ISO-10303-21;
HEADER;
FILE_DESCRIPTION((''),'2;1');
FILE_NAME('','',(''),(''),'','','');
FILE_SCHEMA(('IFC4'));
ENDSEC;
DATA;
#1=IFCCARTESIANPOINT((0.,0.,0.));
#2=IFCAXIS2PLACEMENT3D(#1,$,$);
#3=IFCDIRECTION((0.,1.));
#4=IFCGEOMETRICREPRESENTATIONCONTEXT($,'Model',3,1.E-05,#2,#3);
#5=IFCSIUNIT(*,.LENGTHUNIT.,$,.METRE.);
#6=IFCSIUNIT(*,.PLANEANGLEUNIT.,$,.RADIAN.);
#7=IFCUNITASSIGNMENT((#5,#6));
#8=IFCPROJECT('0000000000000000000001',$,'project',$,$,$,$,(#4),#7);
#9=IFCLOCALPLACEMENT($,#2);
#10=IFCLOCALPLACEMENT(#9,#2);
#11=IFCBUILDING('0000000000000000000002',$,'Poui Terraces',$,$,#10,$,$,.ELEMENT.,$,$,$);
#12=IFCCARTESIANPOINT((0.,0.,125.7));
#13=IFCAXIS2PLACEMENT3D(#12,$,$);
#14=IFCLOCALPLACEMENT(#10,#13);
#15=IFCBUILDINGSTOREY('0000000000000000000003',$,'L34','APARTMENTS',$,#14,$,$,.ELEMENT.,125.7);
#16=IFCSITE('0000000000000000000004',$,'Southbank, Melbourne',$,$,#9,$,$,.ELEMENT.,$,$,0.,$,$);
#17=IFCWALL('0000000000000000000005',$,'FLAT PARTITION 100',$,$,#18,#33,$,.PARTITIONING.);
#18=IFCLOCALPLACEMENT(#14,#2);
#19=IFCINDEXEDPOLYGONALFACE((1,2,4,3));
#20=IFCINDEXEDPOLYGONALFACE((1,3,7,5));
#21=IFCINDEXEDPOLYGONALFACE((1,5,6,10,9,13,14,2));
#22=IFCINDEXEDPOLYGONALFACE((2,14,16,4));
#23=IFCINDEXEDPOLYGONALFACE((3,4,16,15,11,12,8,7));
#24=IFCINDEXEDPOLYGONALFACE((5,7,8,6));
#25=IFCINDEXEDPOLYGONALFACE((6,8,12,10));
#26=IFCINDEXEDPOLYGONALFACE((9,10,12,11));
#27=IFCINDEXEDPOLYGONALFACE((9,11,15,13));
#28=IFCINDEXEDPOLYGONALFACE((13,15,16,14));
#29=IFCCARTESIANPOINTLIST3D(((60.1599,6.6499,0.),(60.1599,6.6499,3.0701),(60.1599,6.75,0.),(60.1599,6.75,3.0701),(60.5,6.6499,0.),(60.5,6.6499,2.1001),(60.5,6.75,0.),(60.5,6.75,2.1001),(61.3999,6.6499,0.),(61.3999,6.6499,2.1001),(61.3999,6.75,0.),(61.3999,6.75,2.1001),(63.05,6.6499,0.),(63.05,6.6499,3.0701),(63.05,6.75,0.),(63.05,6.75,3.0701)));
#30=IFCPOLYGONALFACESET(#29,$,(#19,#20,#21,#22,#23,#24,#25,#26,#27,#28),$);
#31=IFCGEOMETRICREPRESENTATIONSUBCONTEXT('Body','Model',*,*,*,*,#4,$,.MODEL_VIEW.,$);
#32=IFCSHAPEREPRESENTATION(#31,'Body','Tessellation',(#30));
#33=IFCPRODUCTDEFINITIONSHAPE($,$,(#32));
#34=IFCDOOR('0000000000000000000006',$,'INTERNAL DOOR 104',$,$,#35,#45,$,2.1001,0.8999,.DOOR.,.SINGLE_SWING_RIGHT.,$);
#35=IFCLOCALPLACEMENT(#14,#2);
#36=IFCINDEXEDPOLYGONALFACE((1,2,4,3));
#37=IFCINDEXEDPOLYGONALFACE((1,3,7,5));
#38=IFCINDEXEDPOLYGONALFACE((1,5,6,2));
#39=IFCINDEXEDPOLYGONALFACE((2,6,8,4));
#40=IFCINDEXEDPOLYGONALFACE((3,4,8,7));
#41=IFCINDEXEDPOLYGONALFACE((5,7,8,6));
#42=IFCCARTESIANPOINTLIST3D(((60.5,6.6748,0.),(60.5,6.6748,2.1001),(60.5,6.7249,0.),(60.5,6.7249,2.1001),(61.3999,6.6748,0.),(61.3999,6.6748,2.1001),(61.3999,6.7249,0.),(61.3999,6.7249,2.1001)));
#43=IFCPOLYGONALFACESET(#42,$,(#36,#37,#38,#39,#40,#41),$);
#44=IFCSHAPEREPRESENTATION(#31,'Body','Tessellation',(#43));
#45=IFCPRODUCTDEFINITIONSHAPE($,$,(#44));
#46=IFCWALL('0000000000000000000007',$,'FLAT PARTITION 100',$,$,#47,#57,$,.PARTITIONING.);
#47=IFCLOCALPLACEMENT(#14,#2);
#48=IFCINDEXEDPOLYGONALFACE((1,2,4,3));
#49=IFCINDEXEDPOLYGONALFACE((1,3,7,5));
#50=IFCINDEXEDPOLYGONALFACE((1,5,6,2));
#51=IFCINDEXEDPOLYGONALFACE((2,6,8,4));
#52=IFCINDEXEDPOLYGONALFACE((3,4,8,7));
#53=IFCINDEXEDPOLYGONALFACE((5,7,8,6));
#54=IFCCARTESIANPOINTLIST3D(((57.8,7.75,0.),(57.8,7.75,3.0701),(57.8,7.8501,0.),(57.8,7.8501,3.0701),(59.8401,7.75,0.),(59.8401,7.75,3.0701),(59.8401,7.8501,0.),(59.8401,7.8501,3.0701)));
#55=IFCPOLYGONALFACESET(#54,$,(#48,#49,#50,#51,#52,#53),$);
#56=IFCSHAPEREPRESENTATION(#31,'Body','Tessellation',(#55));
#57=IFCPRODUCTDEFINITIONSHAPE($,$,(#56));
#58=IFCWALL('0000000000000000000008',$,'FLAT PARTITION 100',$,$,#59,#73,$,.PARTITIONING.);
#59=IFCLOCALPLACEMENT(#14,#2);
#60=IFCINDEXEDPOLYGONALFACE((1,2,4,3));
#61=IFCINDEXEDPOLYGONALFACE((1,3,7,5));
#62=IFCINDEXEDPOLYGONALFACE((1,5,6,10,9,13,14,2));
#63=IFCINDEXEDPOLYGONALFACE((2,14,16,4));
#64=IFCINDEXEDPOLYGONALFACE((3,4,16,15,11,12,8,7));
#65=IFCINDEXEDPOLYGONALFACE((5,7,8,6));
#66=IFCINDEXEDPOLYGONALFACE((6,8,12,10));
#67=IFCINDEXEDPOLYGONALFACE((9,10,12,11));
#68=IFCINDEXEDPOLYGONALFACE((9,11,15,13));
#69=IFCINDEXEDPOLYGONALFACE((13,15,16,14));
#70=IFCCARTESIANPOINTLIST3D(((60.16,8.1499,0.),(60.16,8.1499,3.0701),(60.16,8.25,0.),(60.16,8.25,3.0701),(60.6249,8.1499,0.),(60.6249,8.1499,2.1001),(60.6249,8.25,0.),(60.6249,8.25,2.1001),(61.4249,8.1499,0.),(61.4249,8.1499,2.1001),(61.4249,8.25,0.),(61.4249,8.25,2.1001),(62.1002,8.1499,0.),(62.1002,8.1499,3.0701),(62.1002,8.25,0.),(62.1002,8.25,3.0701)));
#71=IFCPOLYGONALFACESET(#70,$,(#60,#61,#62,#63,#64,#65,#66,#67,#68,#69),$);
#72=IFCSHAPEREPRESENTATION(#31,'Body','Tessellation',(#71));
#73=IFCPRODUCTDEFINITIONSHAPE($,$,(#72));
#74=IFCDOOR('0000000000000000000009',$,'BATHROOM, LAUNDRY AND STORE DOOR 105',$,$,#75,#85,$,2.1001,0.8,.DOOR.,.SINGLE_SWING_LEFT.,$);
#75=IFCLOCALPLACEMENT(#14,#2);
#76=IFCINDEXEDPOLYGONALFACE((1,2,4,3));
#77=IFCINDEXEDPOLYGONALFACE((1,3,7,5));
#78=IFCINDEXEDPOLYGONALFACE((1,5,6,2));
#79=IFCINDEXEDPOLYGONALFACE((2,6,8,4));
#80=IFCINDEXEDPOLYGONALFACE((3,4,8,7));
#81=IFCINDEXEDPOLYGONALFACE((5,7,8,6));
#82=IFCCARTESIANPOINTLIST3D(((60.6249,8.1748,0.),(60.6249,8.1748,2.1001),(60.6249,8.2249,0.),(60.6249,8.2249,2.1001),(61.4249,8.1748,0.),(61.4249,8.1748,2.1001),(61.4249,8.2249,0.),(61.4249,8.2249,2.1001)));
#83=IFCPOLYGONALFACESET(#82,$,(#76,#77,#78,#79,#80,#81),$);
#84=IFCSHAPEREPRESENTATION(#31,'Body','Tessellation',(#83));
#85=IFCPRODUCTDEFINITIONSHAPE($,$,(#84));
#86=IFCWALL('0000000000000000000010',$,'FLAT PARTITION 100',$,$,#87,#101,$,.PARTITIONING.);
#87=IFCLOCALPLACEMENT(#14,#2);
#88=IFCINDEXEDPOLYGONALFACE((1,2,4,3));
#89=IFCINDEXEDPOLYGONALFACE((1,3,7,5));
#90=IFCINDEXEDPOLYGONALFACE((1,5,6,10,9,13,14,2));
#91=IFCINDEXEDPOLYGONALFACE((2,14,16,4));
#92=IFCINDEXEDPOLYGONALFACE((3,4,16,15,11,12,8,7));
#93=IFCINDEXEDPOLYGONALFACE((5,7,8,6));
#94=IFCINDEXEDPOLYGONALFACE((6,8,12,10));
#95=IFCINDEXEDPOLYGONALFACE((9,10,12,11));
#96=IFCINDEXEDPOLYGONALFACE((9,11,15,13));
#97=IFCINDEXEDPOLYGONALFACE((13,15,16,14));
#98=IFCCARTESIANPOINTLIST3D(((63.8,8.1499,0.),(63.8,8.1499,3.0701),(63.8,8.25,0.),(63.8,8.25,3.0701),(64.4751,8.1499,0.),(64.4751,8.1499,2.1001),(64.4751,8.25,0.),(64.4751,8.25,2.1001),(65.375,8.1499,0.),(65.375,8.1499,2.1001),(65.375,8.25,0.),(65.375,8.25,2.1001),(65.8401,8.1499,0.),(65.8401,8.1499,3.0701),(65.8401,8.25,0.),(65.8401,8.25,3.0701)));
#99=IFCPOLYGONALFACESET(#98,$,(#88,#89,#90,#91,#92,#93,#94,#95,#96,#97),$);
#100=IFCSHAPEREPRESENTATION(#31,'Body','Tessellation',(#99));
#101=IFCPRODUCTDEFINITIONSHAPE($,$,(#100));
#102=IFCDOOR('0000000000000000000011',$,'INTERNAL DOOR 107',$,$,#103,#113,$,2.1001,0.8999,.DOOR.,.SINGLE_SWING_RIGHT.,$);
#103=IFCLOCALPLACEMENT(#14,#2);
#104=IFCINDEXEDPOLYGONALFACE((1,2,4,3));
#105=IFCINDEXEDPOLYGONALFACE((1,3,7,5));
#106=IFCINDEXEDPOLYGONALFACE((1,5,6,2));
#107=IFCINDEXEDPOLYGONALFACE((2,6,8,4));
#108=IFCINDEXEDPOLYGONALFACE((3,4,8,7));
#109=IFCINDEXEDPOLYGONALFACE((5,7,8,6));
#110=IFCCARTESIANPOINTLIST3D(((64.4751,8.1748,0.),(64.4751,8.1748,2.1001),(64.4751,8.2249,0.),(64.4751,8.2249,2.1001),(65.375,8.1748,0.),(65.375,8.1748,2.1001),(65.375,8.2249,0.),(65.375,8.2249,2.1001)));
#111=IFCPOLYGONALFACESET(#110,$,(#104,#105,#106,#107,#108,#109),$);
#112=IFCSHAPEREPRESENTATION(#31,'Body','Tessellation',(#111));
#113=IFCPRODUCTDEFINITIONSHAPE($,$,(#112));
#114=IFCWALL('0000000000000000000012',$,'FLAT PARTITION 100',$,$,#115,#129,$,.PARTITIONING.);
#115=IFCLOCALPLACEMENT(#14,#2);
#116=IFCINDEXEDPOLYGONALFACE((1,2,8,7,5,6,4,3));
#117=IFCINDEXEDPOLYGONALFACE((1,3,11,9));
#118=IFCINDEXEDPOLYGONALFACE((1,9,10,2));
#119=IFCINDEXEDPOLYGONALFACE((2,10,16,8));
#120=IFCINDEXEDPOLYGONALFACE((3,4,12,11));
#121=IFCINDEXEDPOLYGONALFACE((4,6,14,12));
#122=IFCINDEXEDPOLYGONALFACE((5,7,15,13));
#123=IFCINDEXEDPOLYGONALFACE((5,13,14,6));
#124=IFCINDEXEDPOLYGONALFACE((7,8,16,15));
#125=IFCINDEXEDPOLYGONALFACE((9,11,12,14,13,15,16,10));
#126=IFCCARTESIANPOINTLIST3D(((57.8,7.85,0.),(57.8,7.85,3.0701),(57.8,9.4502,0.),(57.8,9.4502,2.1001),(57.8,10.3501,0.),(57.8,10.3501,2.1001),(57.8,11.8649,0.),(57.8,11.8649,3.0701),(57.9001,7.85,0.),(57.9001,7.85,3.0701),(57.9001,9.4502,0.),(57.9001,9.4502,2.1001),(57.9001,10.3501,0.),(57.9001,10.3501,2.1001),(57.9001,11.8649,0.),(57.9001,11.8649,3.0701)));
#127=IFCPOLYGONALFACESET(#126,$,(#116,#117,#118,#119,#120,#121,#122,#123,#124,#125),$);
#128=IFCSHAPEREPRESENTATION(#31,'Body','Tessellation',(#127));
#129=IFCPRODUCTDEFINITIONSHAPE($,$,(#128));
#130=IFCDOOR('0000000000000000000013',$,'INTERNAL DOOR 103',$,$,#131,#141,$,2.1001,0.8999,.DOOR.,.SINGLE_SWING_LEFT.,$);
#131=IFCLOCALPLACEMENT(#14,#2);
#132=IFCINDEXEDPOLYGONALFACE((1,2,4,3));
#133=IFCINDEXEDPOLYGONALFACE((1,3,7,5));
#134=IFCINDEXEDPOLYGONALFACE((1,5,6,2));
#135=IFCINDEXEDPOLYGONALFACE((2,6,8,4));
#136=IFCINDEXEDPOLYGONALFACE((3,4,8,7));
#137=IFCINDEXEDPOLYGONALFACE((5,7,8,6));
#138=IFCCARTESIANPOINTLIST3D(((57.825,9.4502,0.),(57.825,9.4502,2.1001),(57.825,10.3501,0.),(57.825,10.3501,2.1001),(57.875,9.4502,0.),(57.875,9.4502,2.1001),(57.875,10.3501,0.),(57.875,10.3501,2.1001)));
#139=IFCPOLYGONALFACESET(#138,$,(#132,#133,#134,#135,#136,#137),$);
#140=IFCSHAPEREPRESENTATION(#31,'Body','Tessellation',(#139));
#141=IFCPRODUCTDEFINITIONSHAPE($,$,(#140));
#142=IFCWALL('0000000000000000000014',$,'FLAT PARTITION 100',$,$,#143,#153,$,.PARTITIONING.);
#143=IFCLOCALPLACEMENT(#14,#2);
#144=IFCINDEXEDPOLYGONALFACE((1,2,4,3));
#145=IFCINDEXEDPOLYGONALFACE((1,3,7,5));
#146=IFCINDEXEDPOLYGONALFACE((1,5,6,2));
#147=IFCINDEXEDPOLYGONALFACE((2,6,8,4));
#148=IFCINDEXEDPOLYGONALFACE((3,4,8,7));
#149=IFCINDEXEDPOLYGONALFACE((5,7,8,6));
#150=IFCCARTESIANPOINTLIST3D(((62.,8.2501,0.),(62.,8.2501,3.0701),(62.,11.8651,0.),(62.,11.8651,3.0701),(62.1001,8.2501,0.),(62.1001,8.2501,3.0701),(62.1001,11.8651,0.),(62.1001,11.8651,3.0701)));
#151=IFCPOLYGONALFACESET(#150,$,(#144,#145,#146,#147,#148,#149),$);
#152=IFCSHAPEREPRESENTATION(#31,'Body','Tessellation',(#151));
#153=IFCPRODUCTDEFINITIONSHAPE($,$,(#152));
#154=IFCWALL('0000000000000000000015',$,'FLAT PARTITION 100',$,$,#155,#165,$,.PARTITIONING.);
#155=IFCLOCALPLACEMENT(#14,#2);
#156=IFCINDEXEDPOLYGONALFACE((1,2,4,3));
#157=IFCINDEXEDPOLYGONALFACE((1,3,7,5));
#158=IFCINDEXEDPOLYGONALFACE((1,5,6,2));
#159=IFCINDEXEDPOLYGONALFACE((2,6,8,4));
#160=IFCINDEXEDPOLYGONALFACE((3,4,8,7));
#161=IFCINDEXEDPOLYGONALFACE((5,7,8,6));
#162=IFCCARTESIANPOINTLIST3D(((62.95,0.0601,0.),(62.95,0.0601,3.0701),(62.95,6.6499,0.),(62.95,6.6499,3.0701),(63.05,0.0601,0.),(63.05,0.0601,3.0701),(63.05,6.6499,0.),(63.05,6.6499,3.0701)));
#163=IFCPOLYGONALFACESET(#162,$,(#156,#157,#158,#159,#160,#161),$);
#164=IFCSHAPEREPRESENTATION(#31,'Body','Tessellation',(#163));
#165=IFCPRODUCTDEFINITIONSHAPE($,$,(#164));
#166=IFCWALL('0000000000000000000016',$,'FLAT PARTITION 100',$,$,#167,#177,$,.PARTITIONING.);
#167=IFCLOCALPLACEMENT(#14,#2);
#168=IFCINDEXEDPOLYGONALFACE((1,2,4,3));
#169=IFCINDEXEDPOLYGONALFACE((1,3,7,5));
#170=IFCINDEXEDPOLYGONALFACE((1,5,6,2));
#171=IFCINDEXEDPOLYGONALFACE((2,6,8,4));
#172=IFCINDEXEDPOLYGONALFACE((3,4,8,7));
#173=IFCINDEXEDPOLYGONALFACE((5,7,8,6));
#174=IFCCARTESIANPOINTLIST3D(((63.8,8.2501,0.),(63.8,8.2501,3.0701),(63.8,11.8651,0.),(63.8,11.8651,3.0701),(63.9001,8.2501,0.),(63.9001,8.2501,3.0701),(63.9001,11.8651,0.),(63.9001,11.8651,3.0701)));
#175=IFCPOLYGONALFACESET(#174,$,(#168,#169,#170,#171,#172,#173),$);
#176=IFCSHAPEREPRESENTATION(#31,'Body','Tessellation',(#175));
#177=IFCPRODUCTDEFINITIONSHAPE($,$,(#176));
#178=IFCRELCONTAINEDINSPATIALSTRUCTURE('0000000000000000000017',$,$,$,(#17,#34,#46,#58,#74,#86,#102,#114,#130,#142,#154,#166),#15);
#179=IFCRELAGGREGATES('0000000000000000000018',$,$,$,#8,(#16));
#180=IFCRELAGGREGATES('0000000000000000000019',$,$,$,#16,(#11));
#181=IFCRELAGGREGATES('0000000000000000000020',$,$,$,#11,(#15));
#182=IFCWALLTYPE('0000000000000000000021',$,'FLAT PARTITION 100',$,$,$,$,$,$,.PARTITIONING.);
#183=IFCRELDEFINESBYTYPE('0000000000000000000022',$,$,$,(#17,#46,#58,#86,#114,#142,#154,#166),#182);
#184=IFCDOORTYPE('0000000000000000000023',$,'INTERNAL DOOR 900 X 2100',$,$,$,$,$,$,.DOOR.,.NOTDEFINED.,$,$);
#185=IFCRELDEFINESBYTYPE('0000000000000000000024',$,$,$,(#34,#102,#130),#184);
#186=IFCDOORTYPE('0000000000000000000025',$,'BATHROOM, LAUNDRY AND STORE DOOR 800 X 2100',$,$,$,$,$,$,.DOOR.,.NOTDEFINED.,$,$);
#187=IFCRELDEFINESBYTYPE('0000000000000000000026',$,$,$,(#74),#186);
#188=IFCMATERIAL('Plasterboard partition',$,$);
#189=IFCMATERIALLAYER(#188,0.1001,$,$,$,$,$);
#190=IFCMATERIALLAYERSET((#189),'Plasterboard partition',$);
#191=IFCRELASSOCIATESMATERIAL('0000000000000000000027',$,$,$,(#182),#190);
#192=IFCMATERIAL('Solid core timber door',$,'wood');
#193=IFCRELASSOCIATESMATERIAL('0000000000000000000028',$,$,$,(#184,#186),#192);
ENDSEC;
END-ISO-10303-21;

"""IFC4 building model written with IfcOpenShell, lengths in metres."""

from ifc_helpers import new_model, si_unit, direction, frame, frame_2d, origin, place, context, subcontext, project, spatial, rectangle, extrude, material, layer, layer_set, type_object, element, fill, save


model = new_model("IFC4")

# Units and contexts
model_context = context("Model", 3, precision=1e-05, world=origin(), true_north=direction((0.0, 1.0)))
body_context = subcontext(model_context, "Body", "Model", "MODEL_VIEW")
ifc_project = project(units=[si_unit("LENGTHUNIT", "METRE"), si_unit("PLANEANGLEUNIT", "RADIAN")], contexts=[model_context])

# Site, building, storey
site_placement = place(None, origin())
site = spatial("IfcSite", under=ifc_project, at=site_placement, Name="Southbank, Melbourne", CompositionType="ELEMENT", RefElevation=0.0)
building_placement = place(site_placement, origin())
building = spatial("IfcBuilding", under=site, at=building_placement, Name="Poui Terraces", CompositionType="ELEMENT")
storey_placement = place(building_placement, frame((0.0, 0.0, 125.7)))
storey = spatial("IfcBuildingStorey", under=building, at=storey_placement, Name="L34", Description="APARTMENTS", CompositionType="ELEMENT", Elevation=125.7)

# Shared definitions
ifc_material_1 = material(Name="Plasterboard partition")
ifc_layer_1 = layer(ifc_material_1, 0.1001)
ifc_layer_set_1 = layer_set([ifc_layer_1], Name="Plasterboard partition")
wall_type_1 = type_object("IfcWallType", Name="FLAT PARTITION 100", PredefinedType="PARTITIONING", material=ifc_layer_set_1)
ifc_material_2 = material(Name="Solid core timber door", Category="wood")
door_type_1 = type_object("IfcDoorType", Name="INTERNAL DOOR 900 X 2100", OperationType="NOTDEFINED", PredefinedType="DOOR", material=ifc_material_2)

# Wall, opening, door
wall_1_placement = place(storey_placement, frame((60.1599, 6.7, 0.0), z_axis=(0.0, 0.0, 1.0), x_axis=(1.0, 0.0, 0.0)))
wall_1 = element("IfcWall", 1, at=wall_1_placement, inside=storey, type_object=wall_type_1, Name="FLAT PARTITION 100", PredefinedType="PARTITIONING", context=body_context, shape_type="SweptSolid", body=[
    extrude(rectangle(XDim=2.8901, YDim=0.1001, at=frame_2d((1.4451, 0.0))), origin(), (0.0, 0.0, 1.0), 3.0701),
])
opening_1_placement = place(wall_1_placement, frame((0.3401, 0.0, 0.0)))
opening_1 = element("IfcOpeningElement", 2, at=opening_1_placement, cuts=wall_1, PredefinedType="OPENING", context=body_context, shape_type="SweptSolid", body=[
    extrude(rectangle(XDim=0.8999, YDim=2.1001, at=frame_2d((0.45, 1.05))), frame((0.0, 0.0601, 0.0), z_axis=(0.0, -1.0, 0.0), x_axis=(1.0, 0.0, 0.0)), (0.0, 0.0, 1.0), 0.1201),
])
door_1_placement = place(opening_1_placement, origin())
door_1 = element("IfcDoor", 3, at=door_1_placement, inside=storey, type_object=door_type_1, Name="INTERNAL DOOR 104", OperationType="SINGLE_SWING_RIGHT", OverallHeight=2.1001, OverallWidth=0.8999, PredefinedType="DOOR", context=body_context, shape_type="SweptSolid", body=[
    extrude(rectangle(XDim=0.8999, YDim=2.1001, at=frame_2d((0.45, 1.05))), frame((0.0, 0.0249, 0.0), z_axis=(0.0, -1.0, 0.0), x_axis=(1.0, 0.0, 0.0)), (0.0, 0.0, 1.0), 0.05),
])
fill(opening_1, door_1)

# Wall
wall_2_placement = place(storey_placement, frame((57.8, 7.8, 0.0), z_axis=(0.0, 0.0, 1.0), x_axis=(1.0, 0.0, 0.0)))
element("IfcWall", 4, at=wall_2_placement, inside=storey, type_object=wall_type_1, Name="FLAT PARTITION 100", PredefinedType="PARTITIONING", context=body_context, shape_type="SweptSolid", body=[
    extrude(rectangle(XDim=2.04, YDim=0.1001, at=frame_2d((1.02, 0.0))), origin(), (0.0, 0.0, 1.0), 3.0701),
])

# Walls, openings, doors
wall_3_placement = place(storey_placement, frame((60.1599, 8.2, 0.0), z_axis=(0.0, 0.0, 1.0), x_axis=(1.0, 0.0, 0.0)))
wall_3 = element("IfcWall", 5, at=wall_3_placement, inside=storey, type_object=wall_type_1, Name="FLAT PARTITION 100", PredefinedType="PARTITIONING", context=body_context, shape_type="SweptSolid", body=[
    extrude(rectangle(XDim=1.9402, YDim=0.1001, at=frame_2d((0.9702, 0.0))), origin(), (0.0, 0.0, 1.0), 3.0701),
])
opening_2_placement = place(wall_3_placement, frame((0.4651, 0.0, 0.0)))
opening_2 = element("IfcOpeningElement", 6, at=opening_2_placement, cuts=wall_3, PredefinedType="OPENING", context=body_context, shape_type="SweptSolid", body=[
    extrude(rectangle(XDim=0.8, YDim=2.1001, at=frame_2d((0.3999, 1.05))), frame((0.0, 0.0601, 0.0), z_axis=(0.0, -1.0, 0.0), x_axis=(1.0, 0.0, 0.0)), (0.0, 0.0, 1.0), 0.1201),
])
door_type_2 = type_object("IfcDoorType", Name="BATHROOM, LAUNDRY AND STORE DOOR 800 X 2100", OperationType="NOTDEFINED", PredefinedType="DOOR", material=ifc_material_2)
door_2_placement = place(opening_2_placement, origin())
door_2 = element("IfcDoor", 7, at=door_2_placement, inside=storey, type_object=door_type_2, Name="BATHROOM, LAUNDRY AND STORE DOOR 105", OperationType="SINGLE_SWING_LEFT", OverallHeight=2.1001, OverallWidth=0.8, PredefinedType="DOOR", context=body_context, shape_type="SweptSolid", body=[
    extrude(rectangle(XDim=0.8, YDim=2.1001, at=frame_2d((0.3999, 1.05))), frame((0.0, 0.0249, 0.0), z_axis=(0.0, -1.0, 0.0), x_axis=(1.0, 0.0, 0.0)), (0.0, 0.0, 1.0), 0.05),
])
fill(opening_2, door_2)
wall_4_placement = place(storey_placement, frame((63.8, 8.2, 0.0), z_axis=(0.0, 0.0, 1.0), x_axis=(1.0, 0.0, 0.0)))
wall_4 = element("IfcWall", 8, at=wall_4_placement, inside=storey, type_object=wall_type_1, Name="FLAT PARTITION 100", PredefinedType="PARTITIONING", context=body_context, shape_type="SweptSolid", body=[
    extrude(rectangle(XDim=2.04, YDim=0.1001, at=frame_2d((1.02, 0.0))), origin(), (0.0, 0.0, 1.0), 3.0701),
])
opening_3_placement = place(wall_4_placement, frame((0.675, 0.0, 0.0)))
opening_3 = element("IfcOpeningElement", 9, at=opening_3_placement, cuts=wall_4, PredefinedType="OPENING", context=body_context, shape_type="SweptSolid", body=[
    extrude(rectangle(XDim=0.8999, YDim=2.1001, at=frame_2d((0.45, 1.05))), frame((0.0, 0.0601, 0.0), z_axis=(0.0, -1.0, 0.0), x_axis=(1.0, 0.0, 0.0)), (0.0, 0.0, 1.0), 0.1201),
])
door_3_placement = place(opening_3_placement, origin())
door_3 = element("IfcDoor", 10, at=door_3_placement, inside=storey, type_object=door_type_1, Name="INTERNAL DOOR 107", OperationType="SINGLE_SWING_RIGHT", OverallHeight=2.1001, OverallWidth=0.8999, PredefinedType="DOOR", context=body_context, shape_type="SweptSolid", body=[
    extrude(rectangle(XDim=0.8999, YDim=2.1001, at=frame_2d((0.45, 1.05))), frame((0.0, 0.0249, 0.0), z_axis=(0.0, -1.0, 0.0), x_axis=(1.0, 0.0, 0.0)), (0.0, 0.0, 1.0), 0.05),
])
fill(opening_3, door_3)
wall_5_placement = place(storey_placement, frame((57.8501, 7.8501, 0.0), z_axis=(0.0, 0.0, 1.0), x_axis=(0.0, 1.0, 0.0)))
wall_5 = element("IfcWall", 11, at=wall_5_placement, inside=storey, type_object=wall_type_1, Name="FLAT PARTITION 100", PredefinedType="PARTITIONING", context=body_context, shape_type="SweptSolid", body=[
    extrude(rectangle(XDim=4.0149, YDim=0.1001, at=frame_2d((2.0073, 0.0))), origin(), (0.0, 0.0, 1.0), 3.0701),
])
opening_4_placement = place(wall_5_placement, frame((1.6001, 0.0, 0.0)))
opening_4 = element("IfcOpeningElement", 12, at=opening_4_placement, cuts=wall_5, PredefinedType="OPENING", context=body_context, shape_type="SweptSolid", body=[
    extrude(rectangle(XDim=0.8999, YDim=2.1001, at=frame_2d((0.45, 1.05))), frame((0.0, 0.0601, 0.0), z_axis=(0.0, -1.0, 0.0), x_axis=(1.0, 0.0, 0.0)), (0.0, 0.0, 1.0), 0.1201),
])
door_4_placement = place(opening_4_placement, frame((0.8999, 0.0, 0.0), z_axis=(0.0, 0.0, 1.0), x_axis=(-1.0, 0.0, 0.0)))
door_4 = element("IfcDoor", 13, at=door_4_placement, inside=storey, type_object=door_type_1, Name="INTERNAL DOOR 103", OperationType="SINGLE_SWING_LEFT", OverallHeight=2.1001, OverallWidth=0.8999, PredefinedType="DOOR", context=body_context, shape_type="SweptSolid", body=[
    extrude(rectangle(XDim=0.8999, YDim=2.1001, at=frame_2d((0.45, 1.05))), frame((0.0, 0.0249, 0.0), z_axis=(0.0, -1.0, 0.0), x_axis=(1.0, 0.0, 0.0)), (0.0, 0.0, 1.0), 0.05),
])
fill(opening_4, door_4)

# Walls
wall_6_placement = place(storey_placement, frame((62.05, 8.25, 0.0), z_axis=(0.0, 0.0, 1.0), x_axis=(0.0, 1.0, 0.0)))
element("IfcWall", 14, at=wall_6_placement, inside=storey, type_object=wall_type_1, Name="FLAT PARTITION 100", PredefinedType="PARTITIONING", context=body_context, shape_type="SweptSolid", body=[
    extrude(rectangle(XDim=3.615, YDim=0.1001, at=frame_2d((1.8076, 0.0))), origin(), (0.0, 0.0, 1.0), 3.0701),
])
wall_7_placement = place(storey_placement, frame((63.0, 0.0601, 0.0), z_axis=(0.0, 0.0, 1.0), x_axis=(0.0, 1.0, 0.0)))
element("IfcWall", 15, at=wall_7_placement, inside=storey, type_object=wall_type_1, Name="FLAT PARTITION 100", PredefinedType="PARTITIONING", context=body_context, shape_type="SweptSolid", body=[
    extrude(rectangle(XDim=6.5898, YDim=0.1001, at=frame_2d((3.2949, 0.0))), origin(), (0.0, 0.0, 1.0), 3.0701),
])
wall_8_placement = place(storey_placement, frame((63.8501, 8.25, 0.0), z_axis=(0.0, 0.0, 1.0), x_axis=(0.0, 1.0, 0.0)))
element("IfcWall", 16, at=wall_8_placement, inside=storey, type_object=wall_type_1, Name="FLAT PARTITION 100", PredefinedType="PARTITIONING", context=body_context, shape_type="SweptSolid", body=[
    extrude(rectangle(XDim=3.615, YDim=0.1001, at=frame_2d((1.8076, 0.0))), origin(), (0.0, 0.0, 1.0), 3.0701),
])

save(model, "model.ifc")
